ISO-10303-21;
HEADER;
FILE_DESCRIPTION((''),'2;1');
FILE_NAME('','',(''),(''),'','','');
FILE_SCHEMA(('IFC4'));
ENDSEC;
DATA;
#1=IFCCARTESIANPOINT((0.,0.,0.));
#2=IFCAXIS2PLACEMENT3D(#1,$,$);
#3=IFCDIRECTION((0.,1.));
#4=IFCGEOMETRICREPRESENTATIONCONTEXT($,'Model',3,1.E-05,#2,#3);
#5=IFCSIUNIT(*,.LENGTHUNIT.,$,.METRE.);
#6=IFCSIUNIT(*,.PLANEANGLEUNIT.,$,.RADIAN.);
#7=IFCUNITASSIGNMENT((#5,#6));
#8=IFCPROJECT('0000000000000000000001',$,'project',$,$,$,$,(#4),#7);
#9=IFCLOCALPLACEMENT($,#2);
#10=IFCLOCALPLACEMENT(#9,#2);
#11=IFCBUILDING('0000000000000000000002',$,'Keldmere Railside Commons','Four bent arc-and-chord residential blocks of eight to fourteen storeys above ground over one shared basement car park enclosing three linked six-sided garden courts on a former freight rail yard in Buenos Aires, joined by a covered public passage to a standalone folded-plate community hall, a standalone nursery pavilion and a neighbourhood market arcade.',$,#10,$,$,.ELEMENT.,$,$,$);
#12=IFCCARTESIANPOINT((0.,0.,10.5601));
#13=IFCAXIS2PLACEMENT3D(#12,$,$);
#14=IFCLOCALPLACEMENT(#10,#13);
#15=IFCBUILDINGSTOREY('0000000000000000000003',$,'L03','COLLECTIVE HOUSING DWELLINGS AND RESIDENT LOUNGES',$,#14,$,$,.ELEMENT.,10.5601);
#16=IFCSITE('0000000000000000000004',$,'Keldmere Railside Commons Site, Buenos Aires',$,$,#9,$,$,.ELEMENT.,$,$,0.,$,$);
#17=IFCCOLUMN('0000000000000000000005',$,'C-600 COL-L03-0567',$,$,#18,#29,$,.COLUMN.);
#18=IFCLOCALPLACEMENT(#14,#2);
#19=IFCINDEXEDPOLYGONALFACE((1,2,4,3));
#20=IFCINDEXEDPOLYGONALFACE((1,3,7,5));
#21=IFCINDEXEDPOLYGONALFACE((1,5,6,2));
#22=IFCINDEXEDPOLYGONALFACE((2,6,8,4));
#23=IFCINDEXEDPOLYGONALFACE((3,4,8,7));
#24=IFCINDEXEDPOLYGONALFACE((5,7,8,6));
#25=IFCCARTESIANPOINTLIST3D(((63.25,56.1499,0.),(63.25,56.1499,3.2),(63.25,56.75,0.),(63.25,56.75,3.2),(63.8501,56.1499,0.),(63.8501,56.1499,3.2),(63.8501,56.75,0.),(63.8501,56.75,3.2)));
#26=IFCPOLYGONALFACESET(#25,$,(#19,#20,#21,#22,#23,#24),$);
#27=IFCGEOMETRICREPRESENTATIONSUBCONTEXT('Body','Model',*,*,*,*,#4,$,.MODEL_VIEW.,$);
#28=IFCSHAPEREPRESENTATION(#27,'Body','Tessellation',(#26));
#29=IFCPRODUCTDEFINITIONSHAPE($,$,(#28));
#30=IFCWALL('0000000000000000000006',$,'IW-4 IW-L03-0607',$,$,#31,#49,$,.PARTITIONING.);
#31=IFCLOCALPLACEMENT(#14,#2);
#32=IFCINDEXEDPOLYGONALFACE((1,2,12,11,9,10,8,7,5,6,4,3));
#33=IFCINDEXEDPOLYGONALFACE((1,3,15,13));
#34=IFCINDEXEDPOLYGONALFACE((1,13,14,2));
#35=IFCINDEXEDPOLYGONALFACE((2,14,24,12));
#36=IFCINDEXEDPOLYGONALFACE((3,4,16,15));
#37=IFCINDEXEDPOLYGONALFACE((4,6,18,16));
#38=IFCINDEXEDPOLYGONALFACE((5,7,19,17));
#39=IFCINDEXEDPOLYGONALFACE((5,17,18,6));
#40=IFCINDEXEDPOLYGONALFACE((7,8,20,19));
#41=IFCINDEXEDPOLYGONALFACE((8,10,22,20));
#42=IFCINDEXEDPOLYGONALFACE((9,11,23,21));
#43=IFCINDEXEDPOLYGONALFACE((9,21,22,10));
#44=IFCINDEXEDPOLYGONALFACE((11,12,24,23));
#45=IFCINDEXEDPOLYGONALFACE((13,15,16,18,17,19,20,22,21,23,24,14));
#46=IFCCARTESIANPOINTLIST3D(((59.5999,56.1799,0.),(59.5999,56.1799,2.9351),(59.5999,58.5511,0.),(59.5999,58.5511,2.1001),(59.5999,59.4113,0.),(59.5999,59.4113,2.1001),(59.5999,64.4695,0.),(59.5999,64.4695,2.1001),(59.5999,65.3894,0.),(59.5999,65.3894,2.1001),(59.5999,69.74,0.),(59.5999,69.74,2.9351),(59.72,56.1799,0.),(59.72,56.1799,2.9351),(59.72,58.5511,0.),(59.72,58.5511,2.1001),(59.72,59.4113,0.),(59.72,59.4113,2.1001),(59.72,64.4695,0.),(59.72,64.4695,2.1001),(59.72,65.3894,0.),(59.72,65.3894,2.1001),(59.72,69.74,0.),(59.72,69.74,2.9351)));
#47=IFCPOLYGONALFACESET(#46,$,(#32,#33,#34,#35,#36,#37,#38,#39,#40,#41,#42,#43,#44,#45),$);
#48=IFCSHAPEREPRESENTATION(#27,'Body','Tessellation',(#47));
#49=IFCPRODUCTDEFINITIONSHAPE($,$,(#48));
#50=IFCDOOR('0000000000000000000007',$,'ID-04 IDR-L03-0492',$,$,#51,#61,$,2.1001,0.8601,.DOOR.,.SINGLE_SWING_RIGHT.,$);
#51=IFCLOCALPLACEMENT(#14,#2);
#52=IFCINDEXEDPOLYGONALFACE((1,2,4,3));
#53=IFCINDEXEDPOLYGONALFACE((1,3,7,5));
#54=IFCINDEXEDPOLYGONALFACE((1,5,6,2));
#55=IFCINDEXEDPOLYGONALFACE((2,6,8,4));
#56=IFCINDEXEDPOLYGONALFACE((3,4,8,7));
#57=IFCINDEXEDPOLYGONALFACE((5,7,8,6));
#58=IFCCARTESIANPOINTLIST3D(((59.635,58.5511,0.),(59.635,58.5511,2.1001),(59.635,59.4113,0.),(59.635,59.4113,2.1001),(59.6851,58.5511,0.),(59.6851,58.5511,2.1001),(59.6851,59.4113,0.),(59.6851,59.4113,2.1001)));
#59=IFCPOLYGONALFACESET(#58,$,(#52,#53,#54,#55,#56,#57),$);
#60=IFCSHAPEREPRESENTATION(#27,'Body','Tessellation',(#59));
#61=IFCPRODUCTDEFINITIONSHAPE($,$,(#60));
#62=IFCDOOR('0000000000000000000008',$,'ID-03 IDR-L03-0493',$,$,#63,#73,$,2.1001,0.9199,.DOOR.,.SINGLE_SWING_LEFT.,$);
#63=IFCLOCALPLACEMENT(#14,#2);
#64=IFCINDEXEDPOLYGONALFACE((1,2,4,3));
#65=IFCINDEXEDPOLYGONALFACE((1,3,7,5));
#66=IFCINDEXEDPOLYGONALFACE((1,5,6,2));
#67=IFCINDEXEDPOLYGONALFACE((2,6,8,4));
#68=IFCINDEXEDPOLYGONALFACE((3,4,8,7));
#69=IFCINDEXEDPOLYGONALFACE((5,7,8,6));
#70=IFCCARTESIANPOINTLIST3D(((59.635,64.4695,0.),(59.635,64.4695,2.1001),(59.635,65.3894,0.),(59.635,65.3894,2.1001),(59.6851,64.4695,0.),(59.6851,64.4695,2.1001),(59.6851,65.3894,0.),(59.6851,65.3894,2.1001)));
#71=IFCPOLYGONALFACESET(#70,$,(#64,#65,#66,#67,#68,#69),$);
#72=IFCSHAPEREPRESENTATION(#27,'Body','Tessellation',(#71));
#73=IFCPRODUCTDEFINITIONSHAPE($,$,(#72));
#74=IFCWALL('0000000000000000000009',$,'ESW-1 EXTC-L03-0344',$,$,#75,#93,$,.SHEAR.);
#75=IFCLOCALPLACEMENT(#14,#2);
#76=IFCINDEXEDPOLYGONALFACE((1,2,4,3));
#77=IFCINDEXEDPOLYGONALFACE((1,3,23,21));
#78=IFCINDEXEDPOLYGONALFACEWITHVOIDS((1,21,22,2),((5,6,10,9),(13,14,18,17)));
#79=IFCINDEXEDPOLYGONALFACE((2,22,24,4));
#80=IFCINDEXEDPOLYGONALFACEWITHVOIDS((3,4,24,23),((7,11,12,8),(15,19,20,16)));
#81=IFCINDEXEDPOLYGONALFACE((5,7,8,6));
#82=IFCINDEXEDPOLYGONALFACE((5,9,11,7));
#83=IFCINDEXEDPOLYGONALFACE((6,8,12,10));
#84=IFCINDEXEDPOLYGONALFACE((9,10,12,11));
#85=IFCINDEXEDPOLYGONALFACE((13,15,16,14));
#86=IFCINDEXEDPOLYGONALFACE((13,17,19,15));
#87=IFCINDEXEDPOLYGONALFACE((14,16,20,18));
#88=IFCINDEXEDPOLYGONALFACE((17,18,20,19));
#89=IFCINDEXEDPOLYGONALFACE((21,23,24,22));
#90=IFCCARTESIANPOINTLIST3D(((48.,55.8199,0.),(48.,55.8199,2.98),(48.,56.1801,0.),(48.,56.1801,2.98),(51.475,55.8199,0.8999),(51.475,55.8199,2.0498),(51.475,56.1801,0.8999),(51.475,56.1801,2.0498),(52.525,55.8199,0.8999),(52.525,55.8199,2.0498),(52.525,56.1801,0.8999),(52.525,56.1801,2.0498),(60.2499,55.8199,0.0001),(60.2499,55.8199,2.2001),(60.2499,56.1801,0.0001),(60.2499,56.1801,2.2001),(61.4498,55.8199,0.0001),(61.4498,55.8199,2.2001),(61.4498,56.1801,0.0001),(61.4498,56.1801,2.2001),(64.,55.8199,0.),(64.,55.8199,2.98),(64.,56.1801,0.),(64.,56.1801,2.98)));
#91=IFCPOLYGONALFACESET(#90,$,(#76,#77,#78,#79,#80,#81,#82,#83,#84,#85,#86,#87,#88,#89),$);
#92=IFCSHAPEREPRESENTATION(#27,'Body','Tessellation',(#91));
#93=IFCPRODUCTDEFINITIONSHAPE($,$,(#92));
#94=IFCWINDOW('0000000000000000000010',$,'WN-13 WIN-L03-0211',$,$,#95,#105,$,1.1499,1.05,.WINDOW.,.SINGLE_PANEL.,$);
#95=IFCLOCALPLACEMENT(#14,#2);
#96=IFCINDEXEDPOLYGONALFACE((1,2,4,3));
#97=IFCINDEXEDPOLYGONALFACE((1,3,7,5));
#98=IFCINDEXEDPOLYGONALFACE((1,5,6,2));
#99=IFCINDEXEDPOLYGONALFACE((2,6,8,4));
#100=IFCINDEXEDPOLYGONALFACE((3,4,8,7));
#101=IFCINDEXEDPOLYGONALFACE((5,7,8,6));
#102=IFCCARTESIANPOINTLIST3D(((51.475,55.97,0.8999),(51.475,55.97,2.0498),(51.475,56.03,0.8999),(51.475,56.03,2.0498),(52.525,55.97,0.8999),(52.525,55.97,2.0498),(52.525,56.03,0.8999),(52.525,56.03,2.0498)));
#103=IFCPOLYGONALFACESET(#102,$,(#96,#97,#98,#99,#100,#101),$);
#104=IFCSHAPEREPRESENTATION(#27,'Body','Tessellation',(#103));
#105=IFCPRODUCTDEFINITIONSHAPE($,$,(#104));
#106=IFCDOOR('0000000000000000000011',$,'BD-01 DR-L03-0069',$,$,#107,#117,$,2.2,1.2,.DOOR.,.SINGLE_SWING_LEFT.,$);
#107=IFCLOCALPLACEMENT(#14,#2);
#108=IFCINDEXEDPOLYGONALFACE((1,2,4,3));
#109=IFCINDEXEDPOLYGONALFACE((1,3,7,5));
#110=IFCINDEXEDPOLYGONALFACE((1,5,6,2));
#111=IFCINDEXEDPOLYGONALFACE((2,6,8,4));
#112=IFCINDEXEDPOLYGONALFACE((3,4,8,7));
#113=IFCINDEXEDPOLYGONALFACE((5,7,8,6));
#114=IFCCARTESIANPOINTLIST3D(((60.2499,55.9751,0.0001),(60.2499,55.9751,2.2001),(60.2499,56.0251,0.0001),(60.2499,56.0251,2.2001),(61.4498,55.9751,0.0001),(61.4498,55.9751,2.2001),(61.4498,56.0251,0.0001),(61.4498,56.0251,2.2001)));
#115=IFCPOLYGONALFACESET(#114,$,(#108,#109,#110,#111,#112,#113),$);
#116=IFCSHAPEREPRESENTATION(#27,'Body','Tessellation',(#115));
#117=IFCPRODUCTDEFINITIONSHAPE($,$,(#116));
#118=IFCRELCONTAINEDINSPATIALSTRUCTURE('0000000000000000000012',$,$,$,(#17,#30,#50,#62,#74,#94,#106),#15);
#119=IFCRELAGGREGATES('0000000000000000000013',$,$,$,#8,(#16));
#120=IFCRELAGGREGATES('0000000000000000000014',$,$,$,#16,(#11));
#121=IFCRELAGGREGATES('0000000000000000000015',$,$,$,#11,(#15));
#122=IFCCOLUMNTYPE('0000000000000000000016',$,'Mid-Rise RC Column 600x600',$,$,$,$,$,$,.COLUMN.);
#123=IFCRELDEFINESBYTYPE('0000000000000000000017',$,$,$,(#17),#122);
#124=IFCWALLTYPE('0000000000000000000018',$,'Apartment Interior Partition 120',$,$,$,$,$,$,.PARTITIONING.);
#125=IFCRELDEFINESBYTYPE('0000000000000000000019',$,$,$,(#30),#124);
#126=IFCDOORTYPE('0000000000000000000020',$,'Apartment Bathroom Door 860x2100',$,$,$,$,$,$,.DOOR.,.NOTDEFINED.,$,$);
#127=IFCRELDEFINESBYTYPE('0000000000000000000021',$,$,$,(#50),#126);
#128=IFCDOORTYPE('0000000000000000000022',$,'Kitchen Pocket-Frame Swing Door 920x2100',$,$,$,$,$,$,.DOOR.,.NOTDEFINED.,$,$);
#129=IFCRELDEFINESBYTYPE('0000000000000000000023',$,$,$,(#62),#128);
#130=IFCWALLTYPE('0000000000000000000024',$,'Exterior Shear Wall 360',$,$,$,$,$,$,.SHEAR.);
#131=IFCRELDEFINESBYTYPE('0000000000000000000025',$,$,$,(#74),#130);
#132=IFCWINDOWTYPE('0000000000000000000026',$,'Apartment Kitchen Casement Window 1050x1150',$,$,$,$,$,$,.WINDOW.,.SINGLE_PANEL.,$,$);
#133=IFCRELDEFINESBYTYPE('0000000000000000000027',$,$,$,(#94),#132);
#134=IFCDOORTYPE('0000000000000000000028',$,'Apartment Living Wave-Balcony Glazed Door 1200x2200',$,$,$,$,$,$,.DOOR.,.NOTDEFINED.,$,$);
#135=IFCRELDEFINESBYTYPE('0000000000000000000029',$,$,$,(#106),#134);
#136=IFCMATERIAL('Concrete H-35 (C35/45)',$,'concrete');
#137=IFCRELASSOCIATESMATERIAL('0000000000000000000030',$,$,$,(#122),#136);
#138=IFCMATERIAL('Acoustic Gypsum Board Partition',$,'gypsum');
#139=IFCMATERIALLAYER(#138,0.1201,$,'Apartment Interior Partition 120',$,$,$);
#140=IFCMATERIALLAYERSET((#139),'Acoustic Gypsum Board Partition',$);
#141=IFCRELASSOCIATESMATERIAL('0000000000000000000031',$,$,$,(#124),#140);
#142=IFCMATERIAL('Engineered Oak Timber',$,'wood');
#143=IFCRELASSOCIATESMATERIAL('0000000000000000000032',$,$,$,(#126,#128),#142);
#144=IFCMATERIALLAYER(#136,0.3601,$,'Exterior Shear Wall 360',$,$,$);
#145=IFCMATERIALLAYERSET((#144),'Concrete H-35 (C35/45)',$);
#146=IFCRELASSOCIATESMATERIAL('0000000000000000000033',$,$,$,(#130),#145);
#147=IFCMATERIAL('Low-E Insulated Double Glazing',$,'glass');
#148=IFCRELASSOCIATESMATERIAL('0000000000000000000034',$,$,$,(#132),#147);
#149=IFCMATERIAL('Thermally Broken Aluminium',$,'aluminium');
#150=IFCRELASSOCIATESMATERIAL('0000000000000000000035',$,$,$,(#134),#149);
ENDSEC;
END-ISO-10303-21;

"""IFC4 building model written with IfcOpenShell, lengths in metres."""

from ifc_helpers import new_model, si_unit, direction, frame, frame_2d, origin, origin_2d, place, context, subcontext, project, spatial, rectangle, extrude, material, layer, layer_set, material_profile, profile_set, type_object, element, fill, save


model = new_model("IFC4")

# Units and contexts
model_context = context("Model", 3, precision=1e-05, world=origin(), true_north=direction((0.0, 1.0)))
body_context = subcontext(model_context, "Body", "Model", "MODEL_VIEW")
ifc_project = project(units=[si_unit("LENGTHUNIT", "METRE"), si_unit("PLANEANGLEUNIT", "RADIAN")], contexts=[model_context])

# Site, building, storey
site_placement = place(None, origin())
site = spatial("IfcSite", under=ifc_project, at=site_placement, Name="Keldmere Railside Commons Site, Buenos Aires", CompositionType="ELEMENT", RefElevation=0.0)
building_placement = place(site_placement, origin())
building = spatial("IfcBuilding", under=site, at=building_placement, Name="Keldmere Railside Commons", Description="Four bent arc-and-chord residential blocks of eight to fourteen storeys above ground over one shared basement car park enclosing three linked six-sided garden courts on a former freight rail yard in Buenos Aires, joined by a covered public passage to a standalone folded-plate community hall, a standalone nursery pavilion and a neighbourhood market arcade.", CompositionType="ELEMENT")
storey_placement = place(building_placement, frame((0.0, 0.0, 10.5601)))
storey = spatial("IfcBuildingStorey", under=building, at=storey_placement, Name="L03", Description="COLLECTIVE HOUSING DWELLINGS AND RESIDENT LOUNGES", CompositionType="ELEMENT", Elevation=10.5601)

# Column
ifc_material_1 = material(Name="Concrete H-35 (C35/45)", Category="concrete")
ifc_material_profile = material_profile(ifc_material_1, rectangle(XDim=0.6001, YDim=0.6001, at=origin_2d()), Name="RC-600x600")
ifc_profile_set = profile_set([ifc_material_profile], Name="Concrete H-35 (C35/45)")
column_type = type_object("IfcColumnType", Name="Mid-Rise RC Column 600x600", PredefinedType="COLUMN", material=ifc_profile_set)
column_placement = place(storey_placement, frame((63.55, 56.45, 0.0), z_axis=(0.0, 0.0, 1.0), x_axis=(1.0, 0.0, 0.0)))
element("IfcColumn", 1, at=column_placement, inside=storey, type_object=column_type, Name="C-600 COL-L03-0567", PredefinedType="COLUMN", context=body_context, shape_type="SweptSolid", body=[
    extrude(rectangle(XDim=0.6001, YDim=0.6001, at=origin_2d()), origin(), (0.0, 0.0, 1.0), 3.2),
])

# Wall, openings, doors
ifc_material_2 = material(Name="Acoustic Gypsum Board Partition", Category="gypsum")
ifc_layer_1 = layer(ifc_material_2, 0.1201, Name="Apartment Interior Partition 120")
ifc_layer_set_1 = layer_set([ifc_layer_1], Name="Acoustic Gypsum Board Partition")
wall_type_1 = type_object("IfcWallType", Name="Apartment Interior Partition 120", PredefinedType="PARTITIONING", material=ifc_layer_set_1)
wall_1_placement = place(storey_placement, frame((59.6599, 56.1799, 0.0), z_axis=(0.0, 0.0, 1.0), x_axis=(0.0, 1.0, 0.0)))
wall_1 = element("IfcWall", 2, at=wall_1_placement, inside=storey, type_object=wall_type_1, Name="IW-4 IW-L03-0607", PredefinedType="PARTITIONING", context=body_context, shape_type="SweptSolid", body=[
    extrude(rectangle(XDim=13.5601, YDim=0.1201, at=frame_2d((6.78, 0.0))), origin(), (0.0, 0.0, 1.0), 2.9351),
])
opening_1_placement = place(wall_1_placement, frame((2.3711, 0.0, 0.0)))
opening_1 = element("IfcOpeningElement", 3, at=opening_1_placement, cuts=wall_1, PredefinedType="OPENING", context=body_context, shape_type="SweptSolid", body=[
    extrude(rectangle(XDim=0.8601, YDim=2.1001, at=frame_2d((0.4302, 1.05))), frame((0.0, 0.0701, 0.0), z_axis=(0.0, -1.0, 0.0), x_axis=(1.0, 0.0, 0.0)), (0.0, 0.0, 1.0), 0.1401),
])
opening_2_placement = place(wall_1_placement, frame((8.2896, 0.0, 0.0)))
opening_2 = element("IfcOpeningElement", 4, at=opening_2_placement, cuts=wall_1, PredefinedType="OPENING", context=body_context, shape_type="SweptSolid", body=[
    extrude(rectangle(XDim=0.9199, YDim=2.1001, at=frame_2d((0.46, 1.05))), frame((0.0, 0.0701, 0.0), z_axis=(0.0, -1.0, 0.0), x_axis=(1.0, 0.0, 0.0)), (0.0, 0.0, 1.0), 0.1401),
])
ifc_material_3 = material(Name="Engineered Oak Timber", Category="wood")
door_type_1 = type_object("IfcDoorType", Name="Apartment Bathroom Door 860x2100", OperationType="NOTDEFINED", PredefinedType="DOOR", material=ifc_material_3)
door_1_placement = place(opening_1_placement, origin())
door_1 = element("IfcDoor", 5, at=door_1_placement, inside=storey, type_object=door_type_1, Name="ID-04 IDR-L03-0492", OperationType="SINGLE_SWING_RIGHT", OverallHeight=2.1001, OverallWidth=0.8601, PredefinedType="DOOR", context=body_context, shape_type="SweptSolid", body=[
    extrude(rectangle(XDim=0.8601, YDim=2.1001, at=frame_2d((0.4302, 1.05))), frame((0.0, 0.0249, 0.0), z_axis=(0.0, -1.0, 0.0), x_axis=(1.0, 0.0, 0.0)), (0.0, 0.0, 1.0), 0.05),
])
fill(opening_1, door_1)
door_type_2 = type_object("IfcDoorType", Name="Kitchen Pocket-Frame Swing Door 920x2100", OperationType="NOTDEFINED", PredefinedType="DOOR", material=ifc_material_3)
door_2_placement = place(opening_2_placement, origin())
door_2 = element("IfcDoor", 6, at=door_2_placement, inside=storey, type_object=door_type_2, Name="ID-03 IDR-L03-0493", OperationType="SINGLE_SWING_LEFT", OverallHeight=2.1001, OverallWidth=0.9199, PredefinedType="DOOR", context=body_context, shape_type="SweptSolid", body=[
    extrude(rectangle(XDim=0.9199, YDim=2.1001, at=frame_2d((0.46, 1.05))), frame((0.0, 0.0249, 0.0), z_axis=(0.0, -1.0, 0.0), x_axis=(1.0, 0.0, 0.0)), (0.0, 0.0, 1.0), 0.05),
])
fill(opening_2, door_2)

# Wall, openings, window, door
ifc_layer_2 = layer(ifc_material_1, 0.3601, Name="Exterior Shear Wall 360")
ifc_layer_set_2 = layer_set([ifc_layer_2], Name="Concrete H-35 (C35/45)")
wall_type_2 = type_object("IfcWallType", Name="Exterior Shear Wall 360", PredefinedType="SHEAR", material=ifc_layer_set_2)
wall_2_placement = place(storey_placement, frame((64.0, 56.0, 0.0), z_axis=(0.0, 0.0, 1.0), x_axis=(-1.0, 0.0, 0.0)))
wall_2 = element("IfcWall", 7, at=wall_2_placement, inside=storey, type_object=wall_type_2, Name="ESW-1 EXTC-L03-0344", PredefinedType="SHEAR", context=body_context, shape_type="SweptSolid", body=[
    extrude(rectangle(XDim=16.0, YDim=0.3601, at=frame_2d((8.0, 0.0))), origin(), (0.0, 0.0, 1.0), 2.98),
])
opening_3_placement = place(wall_2_placement, frame((2.55, 0.0, 0.0)))
opening_3 = element("IfcOpeningElement", 8, at=opening_3_placement, cuts=wall_2, PredefinedType="OPENING", context=body_context, shape_type="SweptSolid", body=[
    extrude(rectangle(XDim=1.2, YDim=2.2, at=frame_2d((0.6001, 1.1001))), frame((0.0, 0.1899, 0.0), z_axis=(0.0, -1.0, 0.0), x_axis=(1.0, 0.0, 0.0)), (0.0, 0.0, 1.0), 0.3801),
])
opening_4_placement = place(wall_2_placement, frame((11.4751, 0.0, 0.8999)))
opening_4 = element("IfcOpeningElement", 9, at=opening_4_placement, cuts=wall_2, PredefinedType="OPENING", context=body_context, shape_type="SweptSolid", body=[
    extrude(rectangle(XDim=1.05, YDim=1.1499, at=frame_2d((0.5249, 0.575))), frame((0.0, 0.1899, 0.0), z_axis=(0.0, -1.0, 0.0), x_axis=(1.0, 0.0, 0.0)), (0.0, 0.0, 1.0), 0.3801),
])
ifc_material_4 = material(Name="Low-E Insulated Double Glazing", Category="glass")
window_type = type_object("IfcWindowType", Name="Apartment Kitchen Casement Window 1050x1150", PartitioningType="SINGLE_PANEL", PredefinedType="WINDOW", material=ifc_material_4)
window_placement = place(opening_4_placement, origin())
window = element("IfcWindow", 10, at=window_placement, inside=storey, type_object=window_type, Name="WN-13 WIN-L03-0211", OverallHeight=1.1499, OverallWidth=1.05, PartitioningType="SINGLE_PANEL", PredefinedType="WINDOW", context=body_context, shape_type="SweptSolid", body=[
    extrude(rectangle(XDim=1.05, YDim=1.1499, at=frame_2d((0.5249, 0.575))), frame((0.0, 0.03, 0.0), z_axis=(0.0, -1.0, 0.0), x_axis=(1.0, 0.0, 0.0)), (0.0, 0.0, 1.0), 0.0601),
])
fill(opening_4, window)
ifc_material_5 = material(Name="Thermally Broken Aluminium", Category="aluminium")
door_type_3 = type_object("IfcDoorType", Name="Apartment Living Wave-Balcony Glazed Door 1200x2200", OperationType="NOTDEFINED", PredefinedType="DOOR", material=ifc_material_5)
door_3_placement = place(opening_3_placement, origin())
door_3 = element("IfcDoor", 11, at=door_3_placement, inside=storey, type_object=door_type_3, Name="BD-01 DR-L03-0069", OperationType="SINGLE_SWING_LEFT", OverallHeight=2.2, OverallWidth=1.2, PredefinedType="DOOR", context=body_context, shape_type="SweptSolid", body=[
    extrude(rectangle(XDim=1.2, YDim=2.2, at=frame_2d((0.6001, 1.1001))), frame((0.0, 0.0249, 0.0), z_axis=(0.0, -1.0, 0.0), x_axis=(1.0, 0.0, 0.0)), (0.0, 0.0, 1.0), 0.05),
])
fill(opening_3, door_3)

save(model, "model.ifc")
